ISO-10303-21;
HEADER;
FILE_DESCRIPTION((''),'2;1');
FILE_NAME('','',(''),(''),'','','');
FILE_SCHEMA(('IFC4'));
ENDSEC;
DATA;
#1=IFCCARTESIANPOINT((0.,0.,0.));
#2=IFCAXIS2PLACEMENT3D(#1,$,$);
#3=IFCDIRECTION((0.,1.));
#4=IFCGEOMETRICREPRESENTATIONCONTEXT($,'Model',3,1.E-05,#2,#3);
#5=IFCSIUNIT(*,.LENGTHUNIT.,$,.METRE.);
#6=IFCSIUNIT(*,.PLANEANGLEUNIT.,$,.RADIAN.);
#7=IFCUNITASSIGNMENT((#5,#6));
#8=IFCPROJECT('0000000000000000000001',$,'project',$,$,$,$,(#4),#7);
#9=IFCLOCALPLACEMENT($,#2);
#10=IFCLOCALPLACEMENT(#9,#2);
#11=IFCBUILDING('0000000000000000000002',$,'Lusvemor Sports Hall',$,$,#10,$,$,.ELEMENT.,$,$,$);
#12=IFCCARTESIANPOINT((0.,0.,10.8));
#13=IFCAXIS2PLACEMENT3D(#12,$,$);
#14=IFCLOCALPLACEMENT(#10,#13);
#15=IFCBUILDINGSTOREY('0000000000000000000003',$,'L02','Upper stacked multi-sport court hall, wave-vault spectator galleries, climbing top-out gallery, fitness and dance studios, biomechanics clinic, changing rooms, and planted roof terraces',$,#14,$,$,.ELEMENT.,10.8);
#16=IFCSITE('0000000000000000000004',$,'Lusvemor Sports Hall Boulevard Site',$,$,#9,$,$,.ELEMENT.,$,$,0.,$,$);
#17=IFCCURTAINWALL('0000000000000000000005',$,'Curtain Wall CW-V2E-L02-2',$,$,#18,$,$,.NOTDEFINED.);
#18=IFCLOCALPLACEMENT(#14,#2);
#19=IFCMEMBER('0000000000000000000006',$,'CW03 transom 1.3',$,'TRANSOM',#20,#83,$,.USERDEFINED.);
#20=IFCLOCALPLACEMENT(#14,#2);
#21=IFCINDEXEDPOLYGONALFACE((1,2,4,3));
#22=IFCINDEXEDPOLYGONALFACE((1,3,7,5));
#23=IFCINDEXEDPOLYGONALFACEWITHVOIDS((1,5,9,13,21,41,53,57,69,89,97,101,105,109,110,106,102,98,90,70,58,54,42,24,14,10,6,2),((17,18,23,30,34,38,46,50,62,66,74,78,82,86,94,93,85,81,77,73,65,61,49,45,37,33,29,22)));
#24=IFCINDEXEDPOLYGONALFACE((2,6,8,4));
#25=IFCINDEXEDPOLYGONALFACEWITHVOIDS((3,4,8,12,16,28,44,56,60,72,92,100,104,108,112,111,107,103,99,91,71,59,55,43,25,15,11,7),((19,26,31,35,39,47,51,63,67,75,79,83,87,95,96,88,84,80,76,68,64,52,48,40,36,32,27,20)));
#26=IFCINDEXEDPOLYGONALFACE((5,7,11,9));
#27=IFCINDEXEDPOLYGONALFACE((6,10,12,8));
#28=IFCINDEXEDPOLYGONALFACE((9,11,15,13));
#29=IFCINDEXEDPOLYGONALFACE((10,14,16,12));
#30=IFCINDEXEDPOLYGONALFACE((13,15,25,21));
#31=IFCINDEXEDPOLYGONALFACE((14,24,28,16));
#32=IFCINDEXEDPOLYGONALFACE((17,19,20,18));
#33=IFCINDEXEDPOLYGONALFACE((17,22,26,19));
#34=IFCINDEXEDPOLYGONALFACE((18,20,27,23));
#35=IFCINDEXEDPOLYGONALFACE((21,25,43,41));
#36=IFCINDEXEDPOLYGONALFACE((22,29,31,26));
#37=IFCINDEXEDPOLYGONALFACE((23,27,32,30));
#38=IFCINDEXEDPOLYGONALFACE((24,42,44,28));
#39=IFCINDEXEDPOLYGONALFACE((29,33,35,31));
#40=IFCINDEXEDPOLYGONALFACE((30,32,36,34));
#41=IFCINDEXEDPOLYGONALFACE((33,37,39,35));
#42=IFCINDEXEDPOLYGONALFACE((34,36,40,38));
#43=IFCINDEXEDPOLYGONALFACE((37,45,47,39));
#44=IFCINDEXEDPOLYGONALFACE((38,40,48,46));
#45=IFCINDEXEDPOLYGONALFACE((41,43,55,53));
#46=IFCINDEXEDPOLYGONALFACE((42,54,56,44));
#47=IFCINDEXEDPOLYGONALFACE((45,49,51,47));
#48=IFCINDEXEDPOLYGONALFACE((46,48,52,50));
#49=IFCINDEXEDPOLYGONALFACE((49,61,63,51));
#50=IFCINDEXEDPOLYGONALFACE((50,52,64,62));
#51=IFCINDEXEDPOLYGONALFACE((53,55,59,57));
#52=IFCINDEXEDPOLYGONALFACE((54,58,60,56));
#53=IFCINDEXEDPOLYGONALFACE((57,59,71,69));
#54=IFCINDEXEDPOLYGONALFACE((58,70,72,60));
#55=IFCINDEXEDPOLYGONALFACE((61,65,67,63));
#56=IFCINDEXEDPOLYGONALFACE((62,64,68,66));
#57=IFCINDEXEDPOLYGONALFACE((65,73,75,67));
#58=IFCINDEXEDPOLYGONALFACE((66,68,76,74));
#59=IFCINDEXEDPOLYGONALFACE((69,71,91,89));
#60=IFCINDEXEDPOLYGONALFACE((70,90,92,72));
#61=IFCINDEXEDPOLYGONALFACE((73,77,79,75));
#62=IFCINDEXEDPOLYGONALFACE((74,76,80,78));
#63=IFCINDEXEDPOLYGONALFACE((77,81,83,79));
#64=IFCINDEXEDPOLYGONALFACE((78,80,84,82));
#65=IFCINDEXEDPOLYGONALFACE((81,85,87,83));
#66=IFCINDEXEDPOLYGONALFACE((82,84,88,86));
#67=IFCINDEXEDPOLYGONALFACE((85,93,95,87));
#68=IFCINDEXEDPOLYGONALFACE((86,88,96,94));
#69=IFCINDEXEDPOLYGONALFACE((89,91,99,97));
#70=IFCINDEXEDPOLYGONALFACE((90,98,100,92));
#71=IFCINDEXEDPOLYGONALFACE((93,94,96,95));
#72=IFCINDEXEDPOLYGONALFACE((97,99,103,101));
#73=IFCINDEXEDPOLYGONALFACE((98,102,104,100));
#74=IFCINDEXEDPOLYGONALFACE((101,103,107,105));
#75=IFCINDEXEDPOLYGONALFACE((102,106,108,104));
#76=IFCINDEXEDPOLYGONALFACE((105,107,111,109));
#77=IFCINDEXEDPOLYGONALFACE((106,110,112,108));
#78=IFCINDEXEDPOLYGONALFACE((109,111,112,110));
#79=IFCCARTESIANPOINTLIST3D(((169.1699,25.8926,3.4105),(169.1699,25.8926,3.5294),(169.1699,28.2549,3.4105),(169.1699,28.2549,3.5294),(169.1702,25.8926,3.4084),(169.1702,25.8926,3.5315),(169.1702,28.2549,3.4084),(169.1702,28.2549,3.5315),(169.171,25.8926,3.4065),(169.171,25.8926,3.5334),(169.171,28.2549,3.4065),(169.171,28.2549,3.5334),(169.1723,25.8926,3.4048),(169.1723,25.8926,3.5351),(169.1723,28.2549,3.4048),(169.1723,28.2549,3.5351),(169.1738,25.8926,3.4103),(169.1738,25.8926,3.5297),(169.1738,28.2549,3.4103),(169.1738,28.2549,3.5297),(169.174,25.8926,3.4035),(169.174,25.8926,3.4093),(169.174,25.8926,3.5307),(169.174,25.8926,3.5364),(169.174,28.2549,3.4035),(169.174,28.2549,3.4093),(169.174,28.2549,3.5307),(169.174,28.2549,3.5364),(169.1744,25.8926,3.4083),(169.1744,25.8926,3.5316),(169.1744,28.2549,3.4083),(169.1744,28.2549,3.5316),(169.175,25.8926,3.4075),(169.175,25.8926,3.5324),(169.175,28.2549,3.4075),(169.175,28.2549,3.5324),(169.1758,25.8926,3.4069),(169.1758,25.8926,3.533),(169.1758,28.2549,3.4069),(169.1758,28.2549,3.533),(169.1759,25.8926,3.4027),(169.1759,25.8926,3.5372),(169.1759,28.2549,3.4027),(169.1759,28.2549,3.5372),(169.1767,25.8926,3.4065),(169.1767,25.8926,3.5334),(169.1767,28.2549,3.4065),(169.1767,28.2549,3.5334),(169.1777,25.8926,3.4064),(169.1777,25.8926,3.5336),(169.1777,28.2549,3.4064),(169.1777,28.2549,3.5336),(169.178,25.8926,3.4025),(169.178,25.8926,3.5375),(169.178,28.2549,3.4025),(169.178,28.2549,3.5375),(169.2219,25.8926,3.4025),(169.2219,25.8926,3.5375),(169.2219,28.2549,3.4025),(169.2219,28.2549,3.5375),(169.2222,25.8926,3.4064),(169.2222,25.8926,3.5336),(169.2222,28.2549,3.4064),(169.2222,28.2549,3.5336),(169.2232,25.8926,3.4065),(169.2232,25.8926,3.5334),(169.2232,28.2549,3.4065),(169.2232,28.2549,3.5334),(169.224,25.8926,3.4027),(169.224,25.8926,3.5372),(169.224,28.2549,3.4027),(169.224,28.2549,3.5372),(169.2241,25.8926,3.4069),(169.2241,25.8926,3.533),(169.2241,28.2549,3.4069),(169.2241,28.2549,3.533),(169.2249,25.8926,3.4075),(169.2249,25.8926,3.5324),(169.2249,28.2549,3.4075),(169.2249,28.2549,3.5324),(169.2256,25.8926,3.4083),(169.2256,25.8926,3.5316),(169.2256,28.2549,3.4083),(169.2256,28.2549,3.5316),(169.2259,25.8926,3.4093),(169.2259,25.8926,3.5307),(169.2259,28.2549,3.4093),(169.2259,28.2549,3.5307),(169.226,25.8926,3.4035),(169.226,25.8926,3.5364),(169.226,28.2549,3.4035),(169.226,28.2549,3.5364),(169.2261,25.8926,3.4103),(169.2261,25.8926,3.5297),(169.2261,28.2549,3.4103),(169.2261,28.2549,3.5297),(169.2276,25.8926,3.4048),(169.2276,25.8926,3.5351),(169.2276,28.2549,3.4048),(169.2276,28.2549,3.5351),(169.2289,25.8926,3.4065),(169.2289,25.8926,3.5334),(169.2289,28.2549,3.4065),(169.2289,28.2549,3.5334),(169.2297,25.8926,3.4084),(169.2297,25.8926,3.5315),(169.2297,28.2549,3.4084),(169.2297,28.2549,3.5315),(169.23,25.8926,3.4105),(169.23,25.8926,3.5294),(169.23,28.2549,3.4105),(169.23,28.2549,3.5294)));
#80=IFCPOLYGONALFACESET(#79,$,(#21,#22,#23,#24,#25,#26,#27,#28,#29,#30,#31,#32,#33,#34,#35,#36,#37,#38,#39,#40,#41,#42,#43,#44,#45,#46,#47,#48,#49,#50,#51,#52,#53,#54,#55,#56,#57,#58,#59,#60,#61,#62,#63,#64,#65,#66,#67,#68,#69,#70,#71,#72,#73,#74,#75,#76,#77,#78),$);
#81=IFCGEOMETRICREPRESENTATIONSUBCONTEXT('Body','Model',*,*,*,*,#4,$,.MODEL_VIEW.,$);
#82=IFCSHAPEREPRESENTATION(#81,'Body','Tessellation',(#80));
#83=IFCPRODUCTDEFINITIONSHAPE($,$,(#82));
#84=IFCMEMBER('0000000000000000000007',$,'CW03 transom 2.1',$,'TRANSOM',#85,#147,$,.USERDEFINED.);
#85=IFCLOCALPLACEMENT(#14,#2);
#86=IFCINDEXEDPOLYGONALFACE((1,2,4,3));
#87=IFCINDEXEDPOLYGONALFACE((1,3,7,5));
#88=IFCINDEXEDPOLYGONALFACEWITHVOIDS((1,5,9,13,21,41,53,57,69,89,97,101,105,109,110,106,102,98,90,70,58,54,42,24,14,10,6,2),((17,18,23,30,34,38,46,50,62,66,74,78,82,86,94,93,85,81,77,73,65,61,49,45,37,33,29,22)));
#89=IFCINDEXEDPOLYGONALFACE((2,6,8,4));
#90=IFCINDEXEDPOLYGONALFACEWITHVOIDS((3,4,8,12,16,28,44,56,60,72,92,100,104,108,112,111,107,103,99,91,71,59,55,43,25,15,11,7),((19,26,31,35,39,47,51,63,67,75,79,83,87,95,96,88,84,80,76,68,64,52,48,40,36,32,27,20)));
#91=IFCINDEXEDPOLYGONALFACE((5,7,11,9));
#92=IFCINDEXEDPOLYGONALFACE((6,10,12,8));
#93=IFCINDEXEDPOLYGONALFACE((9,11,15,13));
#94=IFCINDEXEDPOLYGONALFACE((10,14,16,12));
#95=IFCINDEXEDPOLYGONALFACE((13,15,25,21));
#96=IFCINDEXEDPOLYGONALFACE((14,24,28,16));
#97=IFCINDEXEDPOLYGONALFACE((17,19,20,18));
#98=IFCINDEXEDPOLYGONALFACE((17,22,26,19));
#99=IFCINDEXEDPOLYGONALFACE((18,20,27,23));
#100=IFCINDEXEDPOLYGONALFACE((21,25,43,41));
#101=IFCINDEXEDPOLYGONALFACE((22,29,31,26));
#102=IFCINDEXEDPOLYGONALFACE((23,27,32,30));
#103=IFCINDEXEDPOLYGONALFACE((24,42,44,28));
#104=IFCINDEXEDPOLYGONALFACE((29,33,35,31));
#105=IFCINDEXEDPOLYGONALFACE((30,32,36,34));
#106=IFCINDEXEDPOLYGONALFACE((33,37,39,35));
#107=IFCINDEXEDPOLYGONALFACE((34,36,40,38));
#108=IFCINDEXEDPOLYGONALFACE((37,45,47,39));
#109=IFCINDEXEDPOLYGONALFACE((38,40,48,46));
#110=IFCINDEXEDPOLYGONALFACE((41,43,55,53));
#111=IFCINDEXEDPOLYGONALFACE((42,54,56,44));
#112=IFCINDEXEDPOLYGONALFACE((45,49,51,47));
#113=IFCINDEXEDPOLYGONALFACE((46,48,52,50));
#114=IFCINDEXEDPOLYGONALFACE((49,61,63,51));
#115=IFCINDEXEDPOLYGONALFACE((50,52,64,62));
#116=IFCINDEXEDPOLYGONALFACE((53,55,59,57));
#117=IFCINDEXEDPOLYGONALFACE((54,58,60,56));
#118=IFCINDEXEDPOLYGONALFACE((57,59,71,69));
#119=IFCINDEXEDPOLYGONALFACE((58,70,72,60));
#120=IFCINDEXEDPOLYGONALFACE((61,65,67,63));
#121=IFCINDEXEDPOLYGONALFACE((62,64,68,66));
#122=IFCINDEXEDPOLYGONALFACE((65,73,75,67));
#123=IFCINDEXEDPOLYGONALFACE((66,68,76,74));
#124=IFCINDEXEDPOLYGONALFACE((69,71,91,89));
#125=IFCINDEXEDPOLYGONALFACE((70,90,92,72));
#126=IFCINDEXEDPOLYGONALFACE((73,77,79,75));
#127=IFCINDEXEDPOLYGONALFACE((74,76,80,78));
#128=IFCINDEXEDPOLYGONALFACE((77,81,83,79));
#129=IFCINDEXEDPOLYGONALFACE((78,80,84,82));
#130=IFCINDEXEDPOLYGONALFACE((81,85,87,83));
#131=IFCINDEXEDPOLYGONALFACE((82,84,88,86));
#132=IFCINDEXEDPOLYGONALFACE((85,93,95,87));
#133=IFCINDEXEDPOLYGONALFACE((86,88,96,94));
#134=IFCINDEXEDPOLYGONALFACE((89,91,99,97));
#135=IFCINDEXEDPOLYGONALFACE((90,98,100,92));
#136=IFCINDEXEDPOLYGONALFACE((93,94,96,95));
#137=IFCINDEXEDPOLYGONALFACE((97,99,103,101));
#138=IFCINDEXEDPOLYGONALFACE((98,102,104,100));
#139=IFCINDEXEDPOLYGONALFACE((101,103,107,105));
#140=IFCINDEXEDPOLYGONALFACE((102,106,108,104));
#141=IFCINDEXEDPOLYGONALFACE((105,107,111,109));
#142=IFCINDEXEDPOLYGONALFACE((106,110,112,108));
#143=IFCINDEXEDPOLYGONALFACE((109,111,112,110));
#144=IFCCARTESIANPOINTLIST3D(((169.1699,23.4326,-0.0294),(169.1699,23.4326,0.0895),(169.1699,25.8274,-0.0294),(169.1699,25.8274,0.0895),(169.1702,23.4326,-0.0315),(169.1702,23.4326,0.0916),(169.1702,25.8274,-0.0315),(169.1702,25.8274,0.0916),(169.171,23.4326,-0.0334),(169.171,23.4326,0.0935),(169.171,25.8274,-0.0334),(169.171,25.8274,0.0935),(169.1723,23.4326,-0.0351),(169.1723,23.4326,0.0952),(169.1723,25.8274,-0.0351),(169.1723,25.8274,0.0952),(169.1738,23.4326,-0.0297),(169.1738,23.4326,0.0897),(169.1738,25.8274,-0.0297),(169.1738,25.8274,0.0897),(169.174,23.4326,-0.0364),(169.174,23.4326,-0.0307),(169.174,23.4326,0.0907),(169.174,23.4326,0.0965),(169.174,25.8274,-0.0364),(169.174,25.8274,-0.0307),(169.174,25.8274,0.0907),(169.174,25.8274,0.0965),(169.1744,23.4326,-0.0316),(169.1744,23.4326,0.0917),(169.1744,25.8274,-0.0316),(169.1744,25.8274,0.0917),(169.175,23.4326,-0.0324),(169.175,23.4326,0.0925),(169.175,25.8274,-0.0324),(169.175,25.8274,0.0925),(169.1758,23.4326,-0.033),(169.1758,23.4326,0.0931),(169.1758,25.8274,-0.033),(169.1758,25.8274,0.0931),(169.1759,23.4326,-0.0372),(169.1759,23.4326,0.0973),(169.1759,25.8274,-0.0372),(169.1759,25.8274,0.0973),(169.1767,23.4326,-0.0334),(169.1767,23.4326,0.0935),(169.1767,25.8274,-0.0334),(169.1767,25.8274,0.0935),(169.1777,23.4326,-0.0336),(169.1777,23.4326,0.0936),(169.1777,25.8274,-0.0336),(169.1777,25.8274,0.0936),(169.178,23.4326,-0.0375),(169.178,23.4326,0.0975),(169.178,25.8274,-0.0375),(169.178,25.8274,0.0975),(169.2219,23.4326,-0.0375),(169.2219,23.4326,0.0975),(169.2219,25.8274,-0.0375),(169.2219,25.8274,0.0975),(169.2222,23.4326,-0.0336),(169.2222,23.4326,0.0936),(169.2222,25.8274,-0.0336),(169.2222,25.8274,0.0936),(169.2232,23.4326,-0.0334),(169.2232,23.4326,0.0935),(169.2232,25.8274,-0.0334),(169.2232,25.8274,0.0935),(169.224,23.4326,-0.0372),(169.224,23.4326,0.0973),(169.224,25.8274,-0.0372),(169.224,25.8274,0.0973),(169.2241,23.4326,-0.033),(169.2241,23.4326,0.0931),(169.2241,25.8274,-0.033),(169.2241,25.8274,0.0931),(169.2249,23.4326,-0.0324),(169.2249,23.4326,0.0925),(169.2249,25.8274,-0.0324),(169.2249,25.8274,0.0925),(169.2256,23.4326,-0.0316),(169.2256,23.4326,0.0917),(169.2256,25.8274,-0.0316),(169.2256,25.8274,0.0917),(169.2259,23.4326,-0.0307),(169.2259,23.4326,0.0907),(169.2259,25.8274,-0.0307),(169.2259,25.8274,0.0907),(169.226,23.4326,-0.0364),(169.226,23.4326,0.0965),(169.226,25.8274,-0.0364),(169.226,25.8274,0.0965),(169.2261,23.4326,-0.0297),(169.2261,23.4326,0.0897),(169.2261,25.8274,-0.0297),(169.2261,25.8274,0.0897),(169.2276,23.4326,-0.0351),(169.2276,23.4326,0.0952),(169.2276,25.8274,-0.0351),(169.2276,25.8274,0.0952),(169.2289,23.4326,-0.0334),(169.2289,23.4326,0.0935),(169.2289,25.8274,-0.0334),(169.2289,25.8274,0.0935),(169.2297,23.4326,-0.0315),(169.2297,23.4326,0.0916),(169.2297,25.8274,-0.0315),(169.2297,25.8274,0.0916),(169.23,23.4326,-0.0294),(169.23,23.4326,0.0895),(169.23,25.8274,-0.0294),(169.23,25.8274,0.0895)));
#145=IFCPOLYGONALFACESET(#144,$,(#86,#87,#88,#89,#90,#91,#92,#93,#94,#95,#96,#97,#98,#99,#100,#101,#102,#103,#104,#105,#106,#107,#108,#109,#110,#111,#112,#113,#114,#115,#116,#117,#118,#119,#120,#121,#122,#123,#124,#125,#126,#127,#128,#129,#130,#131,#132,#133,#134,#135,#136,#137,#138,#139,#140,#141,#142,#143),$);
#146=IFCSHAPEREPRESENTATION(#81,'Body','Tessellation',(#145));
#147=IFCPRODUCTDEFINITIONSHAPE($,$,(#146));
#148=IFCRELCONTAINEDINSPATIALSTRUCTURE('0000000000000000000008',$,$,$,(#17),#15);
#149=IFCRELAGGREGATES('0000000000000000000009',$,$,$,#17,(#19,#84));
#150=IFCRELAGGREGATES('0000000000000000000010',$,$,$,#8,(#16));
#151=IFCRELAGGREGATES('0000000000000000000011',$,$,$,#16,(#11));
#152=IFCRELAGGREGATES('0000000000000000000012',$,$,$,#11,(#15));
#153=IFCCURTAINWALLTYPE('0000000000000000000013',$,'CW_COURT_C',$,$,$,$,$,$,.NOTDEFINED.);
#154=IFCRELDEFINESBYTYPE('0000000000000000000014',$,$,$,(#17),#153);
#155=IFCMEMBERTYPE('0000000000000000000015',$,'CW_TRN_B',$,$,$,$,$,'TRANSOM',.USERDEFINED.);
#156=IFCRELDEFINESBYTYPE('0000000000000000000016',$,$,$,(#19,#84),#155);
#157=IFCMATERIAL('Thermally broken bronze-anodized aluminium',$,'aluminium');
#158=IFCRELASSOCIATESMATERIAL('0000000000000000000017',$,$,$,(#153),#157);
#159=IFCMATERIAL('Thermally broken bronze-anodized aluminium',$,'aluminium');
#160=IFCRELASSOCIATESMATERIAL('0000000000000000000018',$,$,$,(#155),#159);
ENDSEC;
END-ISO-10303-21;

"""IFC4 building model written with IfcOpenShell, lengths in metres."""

from ifc_helpers import new_model, si_unit, direction, frame, origin, origin_2d, place, context, subcontext, project, spatial, hollow_rectangle, extrude, material, material_profile, profile_set, type_object, element, aggregate, save


model = new_model("IFC4")

# Units and contexts
model_context = context("Model", 3, precision=1e-05, world=origin(), true_north=direction((0.0, 1.0)))
body_context = subcontext(model_context, "Body", "Model", "MODEL_VIEW")
ifc_project = project(units=[si_unit("LENGTHUNIT", "METRE"), si_unit("PLANEANGLEUNIT", "RADIAN")], contexts=[model_context])

# Site, building, storey
site_placement = place(None, origin())
site = spatial("IfcSite", under=ifc_project, at=site_placement, Name="Lusvemor Sports Hall Boulevard Site", CompositionType="ELEMENT", RefElevation=0.0)
building_placement = place(site_placement, origin())
building = spatial("IfcBuilding", under=site, at=building_placement, Name="Lusvemor Sports Hall", CompositionType="ELEMENT")
storey_placement = place(building_placement, frame((0.0, 0.0, 10.8)))
storey = spatial("IfcBuildingStorey", under=building, at=storey_placement, Name="L02", Description="Upper stacked multi-sport court hall, wave-vault spectator galleries, climbing top-out gallery, fitness and dance studios, biomechanics clinic, changing rooms, and planted roof terraces", CompositionType="ELEMENT", Elevation=10.8)

# Curtain wall
ifc_material_1 = material(Name="Thermally broken bronze-anodized aluminium", Category="aluminium")
curtain_wall_type = type_object("IfcCurtainWallType", Name="CW_COURT_C", PredefinedType="NOTDEFINED", material=ifc_material_1)
curtain_wall_1_placement = place(storey_placement, origin())
curtain_wall_1 = element("IfcCurtainWall", 1, at=curtain_wall_1_placement, inside=storey, type_object=curtain_wall_type, Name="Curtain Wall CW-V2E-L02-2", PredefinedType="NOTDEFINED")

# Members
ifc_material_2 = material(Name="Thermally broken bronze-anodized aluminium", Category="aluminium")
ifc_material_profile_1 = material_profile(ifc_material_2, hollow_rectangle(XDim=0.0601, YDim=0.135, WallThickness=0.0039, InnerFilletRadius=0.0039, OuterFilletRadius=0.0081, at=origin_2d()), Name="CWTRN135x60x4")
ifc_profile_set_1 = profile_set([ifc_material_profile_1], Name="Thermally broken bronze-anodized aluminium")
member_type_1 = type_object("IfcMemberType", Name="CW_TRN_B", ElementType="TRANSOM", PredefinedType="USERDEFINED", material=ifc_profile_set_1)
member_1_placement = place(storey_placement, frame((169.2, 28.2549, 3.47), z_axis=(0.0, -1.0, 0.0), x_axis=(1.0, 0.0, 0.0)))
member_1 = element("IfcMember", 2, at=member_1_placement, type_object=member_type_1, Name="CW03 transom 1.3", ObjectType="TRANSOM", PredefinedType="USERDEFINED", context=body_context, shape_type="SweptSolid", body=[
    extrude(hollow_rectangle(XDim=0.0601, YDim=0.135, WallThickness=0.0039, InnerFilletRadius=0.0039, OuterFilletRadius=0.0081, at=origin_2d()), origin(), (0.0, 0.0, 1.0), 2.3623),
])
member_2_placement = place(storey_placement, frame((169.2, 25.8274, 0.03), z_axis=(0.0, -1.0, 0.0), x_axis=(1.0, 0.0, 0.0)))
member_2 = element("IfcMember", 3, at=member_2_placement, type_object=member_type_1, Name="CW03 transom 2.1", ObjectType="TRANSOM", PredefinedType="USERDEFINED", context=body_context, shape_type="SweptSolid", body=[
    extrude(hollow_rectangle(XDim=0.0601, YDim=0.135, WallThickness=0.0039, InnerFilletRadius=0.0039, OuterFilletRadius=0.0081, at=origin_2d()), origin(), (0.0, 0.0, 1.0), 2.3948),
])

aggregate(curtain_wall_1, [member_1, member_2])

save(model, "model.ifc")
